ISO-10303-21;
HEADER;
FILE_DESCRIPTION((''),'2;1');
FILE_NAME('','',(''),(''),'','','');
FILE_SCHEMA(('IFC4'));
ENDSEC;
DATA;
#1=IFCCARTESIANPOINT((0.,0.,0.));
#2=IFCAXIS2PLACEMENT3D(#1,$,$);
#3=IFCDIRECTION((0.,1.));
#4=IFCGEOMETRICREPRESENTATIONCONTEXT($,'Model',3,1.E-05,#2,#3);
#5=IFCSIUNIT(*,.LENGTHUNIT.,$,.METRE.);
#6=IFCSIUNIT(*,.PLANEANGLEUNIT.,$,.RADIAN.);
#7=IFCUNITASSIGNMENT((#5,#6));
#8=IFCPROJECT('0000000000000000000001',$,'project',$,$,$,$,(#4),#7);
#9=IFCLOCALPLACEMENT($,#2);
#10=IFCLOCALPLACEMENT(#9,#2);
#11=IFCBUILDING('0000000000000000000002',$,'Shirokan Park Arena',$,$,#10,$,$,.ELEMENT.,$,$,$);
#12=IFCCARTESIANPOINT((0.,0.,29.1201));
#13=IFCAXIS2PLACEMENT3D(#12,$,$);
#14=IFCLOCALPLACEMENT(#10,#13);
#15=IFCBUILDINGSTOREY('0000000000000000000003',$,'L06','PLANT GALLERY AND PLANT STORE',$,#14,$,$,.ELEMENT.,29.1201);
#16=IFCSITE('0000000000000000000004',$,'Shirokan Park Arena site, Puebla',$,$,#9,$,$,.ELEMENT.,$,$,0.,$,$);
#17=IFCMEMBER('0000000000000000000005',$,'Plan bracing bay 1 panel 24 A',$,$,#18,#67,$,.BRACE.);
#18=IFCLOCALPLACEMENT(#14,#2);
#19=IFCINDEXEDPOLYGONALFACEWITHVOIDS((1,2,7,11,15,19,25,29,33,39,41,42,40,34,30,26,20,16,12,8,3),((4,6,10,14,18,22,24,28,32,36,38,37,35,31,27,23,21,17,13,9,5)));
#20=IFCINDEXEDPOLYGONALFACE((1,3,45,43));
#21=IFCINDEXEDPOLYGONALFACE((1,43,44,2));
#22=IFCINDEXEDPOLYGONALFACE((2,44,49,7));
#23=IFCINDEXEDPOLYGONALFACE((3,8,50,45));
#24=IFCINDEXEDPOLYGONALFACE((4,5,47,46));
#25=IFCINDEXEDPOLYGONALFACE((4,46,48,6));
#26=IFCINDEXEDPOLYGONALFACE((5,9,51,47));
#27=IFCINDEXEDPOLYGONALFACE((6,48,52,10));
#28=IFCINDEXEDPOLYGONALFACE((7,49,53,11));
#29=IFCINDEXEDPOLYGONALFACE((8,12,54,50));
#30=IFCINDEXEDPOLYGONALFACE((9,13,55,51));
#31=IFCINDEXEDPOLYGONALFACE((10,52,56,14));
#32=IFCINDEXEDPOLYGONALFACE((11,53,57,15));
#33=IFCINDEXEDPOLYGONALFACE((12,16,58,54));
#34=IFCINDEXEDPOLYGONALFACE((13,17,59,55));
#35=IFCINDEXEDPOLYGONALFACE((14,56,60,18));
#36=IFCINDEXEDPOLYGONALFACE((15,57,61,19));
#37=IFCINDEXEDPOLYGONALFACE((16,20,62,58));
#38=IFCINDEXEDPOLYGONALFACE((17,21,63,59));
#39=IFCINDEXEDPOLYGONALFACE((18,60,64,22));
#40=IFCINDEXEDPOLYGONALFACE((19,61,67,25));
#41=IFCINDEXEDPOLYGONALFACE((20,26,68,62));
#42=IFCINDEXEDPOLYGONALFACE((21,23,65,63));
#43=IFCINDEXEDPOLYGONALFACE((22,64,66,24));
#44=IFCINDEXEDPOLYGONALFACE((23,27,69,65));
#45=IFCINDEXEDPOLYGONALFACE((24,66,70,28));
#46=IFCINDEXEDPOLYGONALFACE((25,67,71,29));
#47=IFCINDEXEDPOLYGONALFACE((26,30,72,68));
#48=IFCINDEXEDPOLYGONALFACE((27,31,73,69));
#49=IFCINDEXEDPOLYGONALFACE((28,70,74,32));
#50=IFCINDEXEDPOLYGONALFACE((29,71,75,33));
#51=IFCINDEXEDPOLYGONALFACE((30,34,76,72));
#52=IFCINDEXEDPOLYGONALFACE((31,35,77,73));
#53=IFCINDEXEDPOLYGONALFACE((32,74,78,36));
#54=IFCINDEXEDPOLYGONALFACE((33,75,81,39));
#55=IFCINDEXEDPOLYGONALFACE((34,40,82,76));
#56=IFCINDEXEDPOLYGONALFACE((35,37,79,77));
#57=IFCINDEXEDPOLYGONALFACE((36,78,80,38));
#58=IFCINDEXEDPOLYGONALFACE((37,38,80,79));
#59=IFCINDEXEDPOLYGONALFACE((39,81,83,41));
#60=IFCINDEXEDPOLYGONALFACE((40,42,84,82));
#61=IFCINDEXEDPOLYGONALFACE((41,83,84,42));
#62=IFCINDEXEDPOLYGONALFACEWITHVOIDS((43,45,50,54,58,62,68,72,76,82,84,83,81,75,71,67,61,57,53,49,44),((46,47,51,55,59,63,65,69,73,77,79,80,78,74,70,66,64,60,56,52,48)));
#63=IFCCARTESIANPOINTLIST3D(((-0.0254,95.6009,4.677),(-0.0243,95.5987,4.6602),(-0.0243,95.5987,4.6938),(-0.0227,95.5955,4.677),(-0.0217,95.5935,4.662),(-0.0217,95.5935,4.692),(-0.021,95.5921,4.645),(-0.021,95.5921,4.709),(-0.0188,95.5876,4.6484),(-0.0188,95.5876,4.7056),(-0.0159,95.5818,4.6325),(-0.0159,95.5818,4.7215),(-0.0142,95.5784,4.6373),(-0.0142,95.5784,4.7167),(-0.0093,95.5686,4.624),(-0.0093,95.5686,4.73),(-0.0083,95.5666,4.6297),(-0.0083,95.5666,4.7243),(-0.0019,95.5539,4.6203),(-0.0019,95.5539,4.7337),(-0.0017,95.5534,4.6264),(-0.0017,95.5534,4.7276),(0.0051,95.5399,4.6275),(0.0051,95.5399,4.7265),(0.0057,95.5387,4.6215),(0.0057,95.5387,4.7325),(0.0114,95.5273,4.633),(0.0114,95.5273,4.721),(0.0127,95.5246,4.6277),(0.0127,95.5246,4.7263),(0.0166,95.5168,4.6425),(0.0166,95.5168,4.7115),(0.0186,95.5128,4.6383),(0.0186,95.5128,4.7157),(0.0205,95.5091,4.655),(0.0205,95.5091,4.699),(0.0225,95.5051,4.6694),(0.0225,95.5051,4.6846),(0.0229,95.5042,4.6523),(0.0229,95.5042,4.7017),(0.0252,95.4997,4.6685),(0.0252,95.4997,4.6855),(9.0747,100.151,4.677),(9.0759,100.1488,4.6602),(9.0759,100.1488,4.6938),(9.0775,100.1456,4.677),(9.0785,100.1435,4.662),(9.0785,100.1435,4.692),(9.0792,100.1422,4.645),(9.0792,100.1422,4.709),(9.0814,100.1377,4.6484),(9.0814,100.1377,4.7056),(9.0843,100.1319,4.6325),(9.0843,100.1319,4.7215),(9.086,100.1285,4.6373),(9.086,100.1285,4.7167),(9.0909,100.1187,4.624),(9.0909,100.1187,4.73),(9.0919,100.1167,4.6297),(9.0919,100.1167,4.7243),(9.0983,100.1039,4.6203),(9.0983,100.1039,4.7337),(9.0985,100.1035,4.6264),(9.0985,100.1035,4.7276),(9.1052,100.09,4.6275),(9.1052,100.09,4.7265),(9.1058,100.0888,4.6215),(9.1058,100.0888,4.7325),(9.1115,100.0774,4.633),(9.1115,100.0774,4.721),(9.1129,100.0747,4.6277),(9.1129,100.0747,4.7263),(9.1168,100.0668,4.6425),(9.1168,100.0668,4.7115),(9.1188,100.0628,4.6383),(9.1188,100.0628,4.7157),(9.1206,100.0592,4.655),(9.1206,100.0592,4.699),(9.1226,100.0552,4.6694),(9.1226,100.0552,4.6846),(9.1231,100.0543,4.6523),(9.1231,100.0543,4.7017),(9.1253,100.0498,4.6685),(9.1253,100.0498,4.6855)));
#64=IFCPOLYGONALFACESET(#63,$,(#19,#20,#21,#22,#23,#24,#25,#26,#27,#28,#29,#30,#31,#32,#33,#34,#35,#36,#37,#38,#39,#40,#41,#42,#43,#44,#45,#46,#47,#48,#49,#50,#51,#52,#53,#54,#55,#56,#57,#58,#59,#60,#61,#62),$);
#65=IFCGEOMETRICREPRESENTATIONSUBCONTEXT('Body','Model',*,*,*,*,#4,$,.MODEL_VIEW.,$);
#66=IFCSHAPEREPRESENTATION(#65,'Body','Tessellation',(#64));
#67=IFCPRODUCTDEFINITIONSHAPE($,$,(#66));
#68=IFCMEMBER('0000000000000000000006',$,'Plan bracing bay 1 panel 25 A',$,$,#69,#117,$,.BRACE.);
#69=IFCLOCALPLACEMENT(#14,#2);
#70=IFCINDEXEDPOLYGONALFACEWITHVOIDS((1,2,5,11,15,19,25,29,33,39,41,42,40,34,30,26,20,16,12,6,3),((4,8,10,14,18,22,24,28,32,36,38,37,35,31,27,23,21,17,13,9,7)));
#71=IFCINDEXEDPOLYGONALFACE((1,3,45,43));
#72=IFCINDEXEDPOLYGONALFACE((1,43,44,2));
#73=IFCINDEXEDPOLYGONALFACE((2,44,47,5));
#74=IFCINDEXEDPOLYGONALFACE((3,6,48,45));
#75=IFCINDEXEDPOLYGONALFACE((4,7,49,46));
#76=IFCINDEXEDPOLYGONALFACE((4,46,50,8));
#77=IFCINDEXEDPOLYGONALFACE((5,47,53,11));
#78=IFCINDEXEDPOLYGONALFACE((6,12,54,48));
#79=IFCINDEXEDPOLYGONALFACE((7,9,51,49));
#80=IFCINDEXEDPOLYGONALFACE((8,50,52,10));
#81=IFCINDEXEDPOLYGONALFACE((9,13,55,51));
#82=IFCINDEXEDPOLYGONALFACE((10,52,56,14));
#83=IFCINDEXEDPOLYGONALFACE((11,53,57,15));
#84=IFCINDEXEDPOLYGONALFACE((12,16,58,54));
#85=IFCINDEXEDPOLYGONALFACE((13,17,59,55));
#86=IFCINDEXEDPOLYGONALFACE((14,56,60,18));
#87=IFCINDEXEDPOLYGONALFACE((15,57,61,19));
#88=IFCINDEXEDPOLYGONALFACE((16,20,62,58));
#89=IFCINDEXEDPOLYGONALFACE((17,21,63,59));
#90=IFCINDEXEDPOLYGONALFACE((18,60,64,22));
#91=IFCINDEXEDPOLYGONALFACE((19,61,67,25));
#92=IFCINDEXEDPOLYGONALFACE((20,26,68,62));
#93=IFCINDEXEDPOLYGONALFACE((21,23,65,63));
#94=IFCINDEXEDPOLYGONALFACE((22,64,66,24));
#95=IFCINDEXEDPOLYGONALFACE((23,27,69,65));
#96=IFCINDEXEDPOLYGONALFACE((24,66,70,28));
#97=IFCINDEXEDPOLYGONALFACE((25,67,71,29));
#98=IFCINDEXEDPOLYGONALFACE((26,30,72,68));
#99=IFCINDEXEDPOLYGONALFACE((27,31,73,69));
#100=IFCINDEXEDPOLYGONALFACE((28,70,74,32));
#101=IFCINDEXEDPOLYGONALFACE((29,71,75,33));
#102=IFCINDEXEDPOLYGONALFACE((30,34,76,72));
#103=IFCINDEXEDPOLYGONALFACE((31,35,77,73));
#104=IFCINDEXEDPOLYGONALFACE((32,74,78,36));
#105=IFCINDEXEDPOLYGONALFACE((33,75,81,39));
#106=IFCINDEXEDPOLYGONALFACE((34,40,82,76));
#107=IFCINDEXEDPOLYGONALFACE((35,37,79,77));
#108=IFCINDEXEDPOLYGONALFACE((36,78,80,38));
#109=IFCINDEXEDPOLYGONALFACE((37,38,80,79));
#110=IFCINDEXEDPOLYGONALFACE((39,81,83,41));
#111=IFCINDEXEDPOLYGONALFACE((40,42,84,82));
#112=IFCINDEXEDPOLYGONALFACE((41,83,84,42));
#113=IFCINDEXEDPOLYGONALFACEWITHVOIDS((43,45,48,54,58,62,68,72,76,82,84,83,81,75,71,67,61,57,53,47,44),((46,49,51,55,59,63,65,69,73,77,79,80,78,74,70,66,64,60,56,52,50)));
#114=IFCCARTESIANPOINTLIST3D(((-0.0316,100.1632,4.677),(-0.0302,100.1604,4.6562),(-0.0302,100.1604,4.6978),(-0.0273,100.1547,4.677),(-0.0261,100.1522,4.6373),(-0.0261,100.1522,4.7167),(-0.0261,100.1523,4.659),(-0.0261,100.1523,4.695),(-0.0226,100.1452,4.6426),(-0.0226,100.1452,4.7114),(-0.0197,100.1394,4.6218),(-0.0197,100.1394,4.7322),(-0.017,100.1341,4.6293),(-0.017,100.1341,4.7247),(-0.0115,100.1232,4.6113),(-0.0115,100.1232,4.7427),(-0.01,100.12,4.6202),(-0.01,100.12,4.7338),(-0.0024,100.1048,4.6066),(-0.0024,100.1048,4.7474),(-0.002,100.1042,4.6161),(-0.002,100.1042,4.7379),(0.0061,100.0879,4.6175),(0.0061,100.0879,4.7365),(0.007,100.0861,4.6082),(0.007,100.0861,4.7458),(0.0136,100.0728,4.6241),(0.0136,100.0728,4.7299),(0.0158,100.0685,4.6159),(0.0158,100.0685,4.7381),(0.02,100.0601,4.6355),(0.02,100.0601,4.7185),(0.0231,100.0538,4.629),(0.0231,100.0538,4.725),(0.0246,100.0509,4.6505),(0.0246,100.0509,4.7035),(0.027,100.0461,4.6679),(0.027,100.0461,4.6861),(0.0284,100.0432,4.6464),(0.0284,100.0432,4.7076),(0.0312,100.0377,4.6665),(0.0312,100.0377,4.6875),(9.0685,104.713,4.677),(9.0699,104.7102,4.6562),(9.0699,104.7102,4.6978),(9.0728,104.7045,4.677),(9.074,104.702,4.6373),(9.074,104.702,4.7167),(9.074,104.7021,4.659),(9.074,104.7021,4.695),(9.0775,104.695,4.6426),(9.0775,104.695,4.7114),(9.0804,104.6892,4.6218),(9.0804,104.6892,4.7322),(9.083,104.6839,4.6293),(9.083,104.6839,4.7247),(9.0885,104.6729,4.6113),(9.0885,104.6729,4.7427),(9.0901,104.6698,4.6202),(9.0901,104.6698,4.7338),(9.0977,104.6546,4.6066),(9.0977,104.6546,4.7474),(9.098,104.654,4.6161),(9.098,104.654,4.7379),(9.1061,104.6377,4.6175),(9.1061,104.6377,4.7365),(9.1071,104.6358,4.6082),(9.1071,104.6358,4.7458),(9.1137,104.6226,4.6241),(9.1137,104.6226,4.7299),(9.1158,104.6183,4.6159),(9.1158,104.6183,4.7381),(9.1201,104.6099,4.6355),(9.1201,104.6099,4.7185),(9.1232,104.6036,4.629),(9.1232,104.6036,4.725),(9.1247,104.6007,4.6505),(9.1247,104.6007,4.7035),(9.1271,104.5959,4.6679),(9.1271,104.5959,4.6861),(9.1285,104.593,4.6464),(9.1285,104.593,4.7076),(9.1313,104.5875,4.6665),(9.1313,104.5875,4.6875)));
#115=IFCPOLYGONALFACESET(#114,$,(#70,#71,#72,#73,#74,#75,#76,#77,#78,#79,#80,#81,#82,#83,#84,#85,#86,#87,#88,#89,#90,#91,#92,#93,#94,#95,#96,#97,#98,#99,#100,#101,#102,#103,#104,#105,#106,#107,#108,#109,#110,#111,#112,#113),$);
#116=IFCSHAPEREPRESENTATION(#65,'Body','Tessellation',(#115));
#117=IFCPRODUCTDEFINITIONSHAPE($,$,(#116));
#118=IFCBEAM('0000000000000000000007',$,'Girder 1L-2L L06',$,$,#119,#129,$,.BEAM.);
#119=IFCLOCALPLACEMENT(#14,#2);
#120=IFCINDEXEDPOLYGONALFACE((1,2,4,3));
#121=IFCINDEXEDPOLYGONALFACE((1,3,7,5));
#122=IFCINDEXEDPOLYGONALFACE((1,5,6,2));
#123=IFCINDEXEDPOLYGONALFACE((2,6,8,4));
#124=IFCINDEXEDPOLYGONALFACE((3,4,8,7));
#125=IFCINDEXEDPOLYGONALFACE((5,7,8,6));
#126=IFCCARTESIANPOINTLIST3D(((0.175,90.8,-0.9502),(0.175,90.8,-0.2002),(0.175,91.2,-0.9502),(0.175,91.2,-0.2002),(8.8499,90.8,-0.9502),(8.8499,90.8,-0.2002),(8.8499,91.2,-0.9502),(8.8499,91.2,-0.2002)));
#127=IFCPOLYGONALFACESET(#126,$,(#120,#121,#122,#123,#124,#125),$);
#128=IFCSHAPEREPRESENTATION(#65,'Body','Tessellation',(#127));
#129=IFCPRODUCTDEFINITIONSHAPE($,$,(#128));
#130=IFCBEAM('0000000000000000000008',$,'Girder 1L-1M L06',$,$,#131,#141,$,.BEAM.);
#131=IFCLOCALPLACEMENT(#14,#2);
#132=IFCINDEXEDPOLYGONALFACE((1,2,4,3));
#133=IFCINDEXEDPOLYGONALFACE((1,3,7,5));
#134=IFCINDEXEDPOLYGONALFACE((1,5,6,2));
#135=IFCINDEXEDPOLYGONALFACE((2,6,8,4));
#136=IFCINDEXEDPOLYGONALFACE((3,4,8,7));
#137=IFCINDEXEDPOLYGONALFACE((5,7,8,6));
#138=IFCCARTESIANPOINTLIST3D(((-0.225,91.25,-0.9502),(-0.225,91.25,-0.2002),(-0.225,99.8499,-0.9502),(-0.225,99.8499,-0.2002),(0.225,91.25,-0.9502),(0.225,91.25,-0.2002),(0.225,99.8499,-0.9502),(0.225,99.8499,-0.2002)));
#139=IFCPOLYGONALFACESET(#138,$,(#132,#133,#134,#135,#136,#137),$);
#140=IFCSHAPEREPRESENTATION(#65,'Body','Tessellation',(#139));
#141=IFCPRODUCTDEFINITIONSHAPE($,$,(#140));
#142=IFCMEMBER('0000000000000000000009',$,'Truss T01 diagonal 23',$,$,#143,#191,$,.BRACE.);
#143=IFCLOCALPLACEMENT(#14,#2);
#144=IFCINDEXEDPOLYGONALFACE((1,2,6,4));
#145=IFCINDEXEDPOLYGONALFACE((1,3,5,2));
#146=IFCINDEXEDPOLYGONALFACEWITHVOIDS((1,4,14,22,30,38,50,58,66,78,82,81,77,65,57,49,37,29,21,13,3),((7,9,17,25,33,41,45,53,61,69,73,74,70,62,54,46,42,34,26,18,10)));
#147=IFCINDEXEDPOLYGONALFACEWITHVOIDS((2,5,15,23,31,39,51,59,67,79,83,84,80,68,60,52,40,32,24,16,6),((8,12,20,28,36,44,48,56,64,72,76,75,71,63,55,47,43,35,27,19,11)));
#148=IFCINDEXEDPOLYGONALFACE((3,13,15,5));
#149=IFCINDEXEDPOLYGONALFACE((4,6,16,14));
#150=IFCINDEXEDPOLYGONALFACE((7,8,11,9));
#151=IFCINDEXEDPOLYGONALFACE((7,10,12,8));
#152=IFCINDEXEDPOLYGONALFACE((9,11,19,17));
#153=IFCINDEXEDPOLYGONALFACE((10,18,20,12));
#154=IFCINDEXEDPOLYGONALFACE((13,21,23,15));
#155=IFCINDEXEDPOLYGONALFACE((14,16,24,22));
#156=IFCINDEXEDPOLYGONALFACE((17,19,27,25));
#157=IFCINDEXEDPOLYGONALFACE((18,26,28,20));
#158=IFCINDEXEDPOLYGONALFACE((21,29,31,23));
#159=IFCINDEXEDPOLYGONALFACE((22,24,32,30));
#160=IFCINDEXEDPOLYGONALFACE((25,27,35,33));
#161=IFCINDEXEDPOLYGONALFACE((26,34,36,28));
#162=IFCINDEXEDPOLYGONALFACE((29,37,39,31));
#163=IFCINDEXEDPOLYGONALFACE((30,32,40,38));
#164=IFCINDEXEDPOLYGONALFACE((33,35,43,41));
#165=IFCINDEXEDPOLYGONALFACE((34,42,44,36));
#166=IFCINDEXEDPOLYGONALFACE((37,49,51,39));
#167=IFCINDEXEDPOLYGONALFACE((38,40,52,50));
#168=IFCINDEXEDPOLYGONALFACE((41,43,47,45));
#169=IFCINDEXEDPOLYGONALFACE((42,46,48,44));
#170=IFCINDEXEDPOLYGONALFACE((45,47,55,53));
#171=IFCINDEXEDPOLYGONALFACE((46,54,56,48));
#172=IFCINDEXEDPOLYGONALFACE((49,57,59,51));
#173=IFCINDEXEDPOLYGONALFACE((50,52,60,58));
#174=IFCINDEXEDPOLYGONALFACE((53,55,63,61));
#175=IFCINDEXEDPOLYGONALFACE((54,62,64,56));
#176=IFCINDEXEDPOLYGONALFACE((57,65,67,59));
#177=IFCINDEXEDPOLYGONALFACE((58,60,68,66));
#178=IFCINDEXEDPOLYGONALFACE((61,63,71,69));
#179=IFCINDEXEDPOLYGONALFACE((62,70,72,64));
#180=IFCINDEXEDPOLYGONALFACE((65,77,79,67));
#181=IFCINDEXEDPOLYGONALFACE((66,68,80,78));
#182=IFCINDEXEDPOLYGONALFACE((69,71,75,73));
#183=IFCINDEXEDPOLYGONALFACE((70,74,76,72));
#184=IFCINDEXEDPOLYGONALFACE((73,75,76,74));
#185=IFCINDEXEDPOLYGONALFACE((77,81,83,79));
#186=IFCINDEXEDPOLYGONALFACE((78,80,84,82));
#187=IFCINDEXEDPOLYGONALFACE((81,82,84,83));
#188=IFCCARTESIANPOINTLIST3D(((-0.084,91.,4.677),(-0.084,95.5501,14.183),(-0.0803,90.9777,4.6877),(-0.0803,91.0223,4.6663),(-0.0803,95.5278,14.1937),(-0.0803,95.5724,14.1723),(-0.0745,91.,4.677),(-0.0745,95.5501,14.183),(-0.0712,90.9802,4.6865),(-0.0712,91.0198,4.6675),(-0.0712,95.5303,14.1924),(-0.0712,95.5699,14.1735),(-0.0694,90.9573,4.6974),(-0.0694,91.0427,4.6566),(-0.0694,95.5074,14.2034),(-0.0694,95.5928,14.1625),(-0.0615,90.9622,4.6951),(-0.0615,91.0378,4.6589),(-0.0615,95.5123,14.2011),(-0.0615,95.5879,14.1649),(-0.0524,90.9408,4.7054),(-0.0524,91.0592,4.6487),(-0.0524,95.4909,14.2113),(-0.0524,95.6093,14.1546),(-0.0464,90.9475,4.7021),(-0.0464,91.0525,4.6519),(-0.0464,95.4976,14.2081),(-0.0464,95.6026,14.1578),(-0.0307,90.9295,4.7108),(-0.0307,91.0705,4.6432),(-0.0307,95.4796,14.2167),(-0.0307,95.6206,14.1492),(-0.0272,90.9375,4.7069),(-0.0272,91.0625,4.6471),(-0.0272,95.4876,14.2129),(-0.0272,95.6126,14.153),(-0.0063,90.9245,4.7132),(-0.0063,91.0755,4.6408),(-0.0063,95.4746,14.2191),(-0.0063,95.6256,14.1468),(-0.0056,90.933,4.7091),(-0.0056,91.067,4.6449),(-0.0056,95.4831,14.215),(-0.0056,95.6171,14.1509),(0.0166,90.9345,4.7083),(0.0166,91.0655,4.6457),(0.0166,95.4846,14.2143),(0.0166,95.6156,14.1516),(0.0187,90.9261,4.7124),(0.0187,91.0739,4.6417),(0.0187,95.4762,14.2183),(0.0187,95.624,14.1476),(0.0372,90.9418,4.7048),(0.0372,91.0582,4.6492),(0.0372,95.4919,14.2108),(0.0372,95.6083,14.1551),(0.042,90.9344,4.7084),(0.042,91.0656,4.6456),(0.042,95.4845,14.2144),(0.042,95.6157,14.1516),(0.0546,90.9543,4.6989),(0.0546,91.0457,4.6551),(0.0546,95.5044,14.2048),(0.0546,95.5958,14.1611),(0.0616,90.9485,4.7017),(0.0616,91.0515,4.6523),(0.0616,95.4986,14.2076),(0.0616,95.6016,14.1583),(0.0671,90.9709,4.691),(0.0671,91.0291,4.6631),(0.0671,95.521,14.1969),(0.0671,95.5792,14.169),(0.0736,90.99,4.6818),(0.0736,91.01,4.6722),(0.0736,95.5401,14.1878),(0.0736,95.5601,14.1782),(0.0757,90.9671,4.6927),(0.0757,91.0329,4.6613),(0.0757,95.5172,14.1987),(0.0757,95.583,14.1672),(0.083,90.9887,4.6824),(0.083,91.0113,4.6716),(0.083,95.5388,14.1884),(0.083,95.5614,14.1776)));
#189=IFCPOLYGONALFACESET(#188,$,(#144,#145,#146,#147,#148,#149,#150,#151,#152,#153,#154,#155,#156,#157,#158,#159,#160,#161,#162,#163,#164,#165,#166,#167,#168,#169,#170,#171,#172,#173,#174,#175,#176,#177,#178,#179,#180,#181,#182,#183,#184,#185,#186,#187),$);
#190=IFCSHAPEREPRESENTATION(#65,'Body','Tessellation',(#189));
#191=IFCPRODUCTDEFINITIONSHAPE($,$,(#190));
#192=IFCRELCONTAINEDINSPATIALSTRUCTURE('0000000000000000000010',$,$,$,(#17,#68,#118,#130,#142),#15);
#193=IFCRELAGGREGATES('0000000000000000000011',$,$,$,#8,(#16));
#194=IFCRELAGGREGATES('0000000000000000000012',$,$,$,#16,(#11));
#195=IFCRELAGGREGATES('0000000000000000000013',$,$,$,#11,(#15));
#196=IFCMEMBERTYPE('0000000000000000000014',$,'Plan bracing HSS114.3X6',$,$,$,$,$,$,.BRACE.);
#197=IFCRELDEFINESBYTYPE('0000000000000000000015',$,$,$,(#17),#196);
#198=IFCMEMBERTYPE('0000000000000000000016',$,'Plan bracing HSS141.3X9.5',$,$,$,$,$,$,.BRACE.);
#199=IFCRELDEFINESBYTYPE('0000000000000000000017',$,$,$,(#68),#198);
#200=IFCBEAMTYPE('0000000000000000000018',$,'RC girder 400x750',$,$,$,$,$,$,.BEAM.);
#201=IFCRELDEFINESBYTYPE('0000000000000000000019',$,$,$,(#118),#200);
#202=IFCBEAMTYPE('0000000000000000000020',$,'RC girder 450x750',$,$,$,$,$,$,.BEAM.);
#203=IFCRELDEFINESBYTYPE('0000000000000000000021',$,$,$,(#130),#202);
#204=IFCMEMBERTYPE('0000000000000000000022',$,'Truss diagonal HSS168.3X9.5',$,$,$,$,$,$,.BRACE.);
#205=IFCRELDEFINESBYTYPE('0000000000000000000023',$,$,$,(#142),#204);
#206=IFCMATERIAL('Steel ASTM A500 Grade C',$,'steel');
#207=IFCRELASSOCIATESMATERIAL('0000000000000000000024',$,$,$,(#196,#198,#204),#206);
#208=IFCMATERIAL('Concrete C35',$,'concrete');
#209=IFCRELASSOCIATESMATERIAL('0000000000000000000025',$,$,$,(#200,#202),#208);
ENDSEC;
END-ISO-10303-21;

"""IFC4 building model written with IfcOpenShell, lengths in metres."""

from ifc_helpers import new_model, si_unit, direction, frame, origin, origin_2d, place, context, subcontext, project, spatial, rectangle, hollow_circle, extrude, material, material_profile, profile_set, type_object, element, save


model = new_model("IFC4")

# Units and contexts
model_context = context("Model", 3, precision=1e-05, world=origin(), true_north=direction((0.0, 1.0)))
body_context = subcontext(model_context, "Body", "Model", "MODEL_VIEW")
ifc_project = project(units=[si_unit("LENGTHUNIT", "METRE"), si_unit("PLANEANGLEUNIT", "RADIAN")], contexts=[model_context])

# Site, building, storey
site_placement = place(None, origin())
site = spatial("IfcSite", under=ifc_project, at=site_placement, Name="Shirokan Park Arena site, Puebla", CompositionType="ELEMENT", RefElevation=0.0)
building_placement = place(site_placement, origin())
building = spatial("IfcBuilding", under=site, at=building_placement, Name="Shirokan Park Arena", CompositionType="ELEMENT")
storey_placement = place(building_placement, frame((0.0, 0.0, 29.1201)))
storey = spatial("IfcBuildingStorey", under=building, at=storey_placement, Name="L06", Description="PLANT GALLERY AND PLANT STORE", CompositionType="ELEMENT", Elevation=29.1201)

# Shared definitions
ifc_material_1 = material(Name="Concrete C35", Category="concrete")

# Members
ifc_material_2 = material(Name="Steel ASTM A500 Grade C", Category="steel")
ifc_material_profile_1 = material_profile(ifc_material_2, hollow_circle(Radius=0.0569, WallThickness=0.0061, at=origin_2d()), Name="HSS114.3X6")
ifc_profile_set_1 = profile_set([ifc_material_profile_1], Name="Steel ASTM A500 Grade C")
member_type_1 = type_object("IfcMemberType", Name="Plan bracing HSS114.3X6", PredefinedType="BRACE", material=ifc_profile_set_1)
for number, where, z_axis, x_axis, name in (
    (1, (0.0, 95.55, 4.677), (0.894427, 0.447214, 0.0), (-0.447214, 0.894427, 0.0), "Plan bracing bay 1 panel 24 A"),
):
    element("IfcMember", number, at=place(storey_placement, frame(where, z_axis=z_axis, x_axis=x_axis)), inside=storey, type_object=member_type_1, Name=name, PredefinedType="BRACE", context=body_context, shape_type="SweptSolid", body=[
        extrude(hollow_circle(Radius=0.0569, WallThickness=0.0061, at=origin_2d()), origin(), (0.0, 0.0, 1.0), 10.1743),
    ])
ifc_material_profile_2 = material_profile(ifc_material_2, hollow_circle(Radius=0.0706, WallThickness=0.0095, at=origin_2d()), Name="HSS141.3X9.5")
ifc_profile_set_2 = profile_set([ifc_material_profile_2], Name="Steel ASTM A500 Grade C")
member_type_2 = type_object("IfcMemberType", Name="Plan bracing HSS141.3X9.5", PredefinedType="BRACE", material=ifc_profile_set_2)
member_1_placement = place(storey_placement, frame((0.0, 100.1001, 4.677), z_axis=(0.894437, 0.447194, 0.0), x_axis=(-0.447194, 0.894437, 0.0)))
element("IfcMember", 2, at=member_1_placement, inside=storey, type_object=member_type_2, Name="Plan bracing bay 1 panel 25 A", PredefinedType="BRACE", context=body_context, shape_type="SweptSolid", body=[
    extrude(hollow_circle(Radius=0.0706, WallThickness=0.0095, at=origin_2d()), origin(), (0.0, 0.0, 1.0), 10.1741),
])

# Beams
ifc_material_profile_3 = material_profile(ifc_material_1, rectangle(XDim=0.3999, YDim=0.75, at=origin_2d()), Name="400x750")
ifc_profile_set_3 = profile_set([ifc_material_profile_3], Name="Concrete C35")
beam_type_1 = type_object("IfcBeamType", Name="RC girder 400x750", PredefinedType="BEAM", material=ifc_profile_set_3)
beam_1_placement = place(storey_placement, frame((0.175, 91.0, -0.5752), z_axis=(1.0, 0.0, 0.0), x_axis=(0.0, 1.0, 0.0)))
element("IfcBeam", 3, at=beam_1_placement, inside=storey, type_object=beam_type_1, Name="Girder 1L-2L L06", PredefinedType="BEAM", context=body_context, shape_type="SweptSolid", body=[
    extrude(rectangle(XDim=0.3999, YDim=0.75, at=origin_2d()), origin(), (0.0, 0.0, 1.0), 8.6748),
])
ifc_material_profile_4 = material_profile(ifc_material_1, rectangle(XDim=0.45, YDim=0.75, at=origin_2d()), Name="450x750")
ifc_profile_set_4 = profile_set([ifc_material_profile_4], Name="Concrete C35")
beam_type_2 = type_object("IfcBeamType", Name="RC girder 450x750", PredefinedType="BEAM", material=ifc_profile_set_4)
beam_2_placement = place(storey_placement, frame((0.0, 91.25, -0.5752), z_axis=(0.0, 1.0, 0.0), x_axis=(-1.0, 0.0, 0.0)))
element("IfcBeam", 4, at=beam_2_placement, inside=storey, type_object=beam_type_2, Name="Girder 1L-1M L06", PredefinedType="BEAM", context=body_context, shape_type="SweptSolid", body=[
    extrude(rectangle(XDim=0.45, YDim=0.75, at=origin_2d()), origin(), (0.0, 0.0, 1.0), 8.5999),
])

# Member
ifc_material_profile_5 = material_profile(ifc_material_2, hollow_circle(Radius=0.084, WallThickness=0.0095, at=origin_2d()), Name="HSS168.3X9.5")
ifc_profile_set_5 = profile_set([ifc_material_profile_5], Name="Steel ASTM A500 Grade C")
member_type_3 = type_object("IfcMemberType", Name="Truss diagonal HSS168.3X9.5", PredefinedType="BRACE", material=ifc_profile_set_5)
member_2_placement = place(storey_placement, frame((0.0, 91.0, 4.677), z_axis=(0.0, 0.431746, 0.901995), x_axis=(-1.0, 0.0, 0.0)))
element("IfcMember", 5, at=member_2_placement, inside=storey, type_object=member_type_3, Name="Truss T01 diagonal 23", PredefinedType="BRACE", context=body_context, shape_type="SweptSolid", body=[
    extrude(hollow_circle(Radius=0.084, WallThickness=0.0095, at=origin_2d()), origin(), (0.0, 0.0, 1.0), 10.5388),
])

save(model, "model.ifc")
